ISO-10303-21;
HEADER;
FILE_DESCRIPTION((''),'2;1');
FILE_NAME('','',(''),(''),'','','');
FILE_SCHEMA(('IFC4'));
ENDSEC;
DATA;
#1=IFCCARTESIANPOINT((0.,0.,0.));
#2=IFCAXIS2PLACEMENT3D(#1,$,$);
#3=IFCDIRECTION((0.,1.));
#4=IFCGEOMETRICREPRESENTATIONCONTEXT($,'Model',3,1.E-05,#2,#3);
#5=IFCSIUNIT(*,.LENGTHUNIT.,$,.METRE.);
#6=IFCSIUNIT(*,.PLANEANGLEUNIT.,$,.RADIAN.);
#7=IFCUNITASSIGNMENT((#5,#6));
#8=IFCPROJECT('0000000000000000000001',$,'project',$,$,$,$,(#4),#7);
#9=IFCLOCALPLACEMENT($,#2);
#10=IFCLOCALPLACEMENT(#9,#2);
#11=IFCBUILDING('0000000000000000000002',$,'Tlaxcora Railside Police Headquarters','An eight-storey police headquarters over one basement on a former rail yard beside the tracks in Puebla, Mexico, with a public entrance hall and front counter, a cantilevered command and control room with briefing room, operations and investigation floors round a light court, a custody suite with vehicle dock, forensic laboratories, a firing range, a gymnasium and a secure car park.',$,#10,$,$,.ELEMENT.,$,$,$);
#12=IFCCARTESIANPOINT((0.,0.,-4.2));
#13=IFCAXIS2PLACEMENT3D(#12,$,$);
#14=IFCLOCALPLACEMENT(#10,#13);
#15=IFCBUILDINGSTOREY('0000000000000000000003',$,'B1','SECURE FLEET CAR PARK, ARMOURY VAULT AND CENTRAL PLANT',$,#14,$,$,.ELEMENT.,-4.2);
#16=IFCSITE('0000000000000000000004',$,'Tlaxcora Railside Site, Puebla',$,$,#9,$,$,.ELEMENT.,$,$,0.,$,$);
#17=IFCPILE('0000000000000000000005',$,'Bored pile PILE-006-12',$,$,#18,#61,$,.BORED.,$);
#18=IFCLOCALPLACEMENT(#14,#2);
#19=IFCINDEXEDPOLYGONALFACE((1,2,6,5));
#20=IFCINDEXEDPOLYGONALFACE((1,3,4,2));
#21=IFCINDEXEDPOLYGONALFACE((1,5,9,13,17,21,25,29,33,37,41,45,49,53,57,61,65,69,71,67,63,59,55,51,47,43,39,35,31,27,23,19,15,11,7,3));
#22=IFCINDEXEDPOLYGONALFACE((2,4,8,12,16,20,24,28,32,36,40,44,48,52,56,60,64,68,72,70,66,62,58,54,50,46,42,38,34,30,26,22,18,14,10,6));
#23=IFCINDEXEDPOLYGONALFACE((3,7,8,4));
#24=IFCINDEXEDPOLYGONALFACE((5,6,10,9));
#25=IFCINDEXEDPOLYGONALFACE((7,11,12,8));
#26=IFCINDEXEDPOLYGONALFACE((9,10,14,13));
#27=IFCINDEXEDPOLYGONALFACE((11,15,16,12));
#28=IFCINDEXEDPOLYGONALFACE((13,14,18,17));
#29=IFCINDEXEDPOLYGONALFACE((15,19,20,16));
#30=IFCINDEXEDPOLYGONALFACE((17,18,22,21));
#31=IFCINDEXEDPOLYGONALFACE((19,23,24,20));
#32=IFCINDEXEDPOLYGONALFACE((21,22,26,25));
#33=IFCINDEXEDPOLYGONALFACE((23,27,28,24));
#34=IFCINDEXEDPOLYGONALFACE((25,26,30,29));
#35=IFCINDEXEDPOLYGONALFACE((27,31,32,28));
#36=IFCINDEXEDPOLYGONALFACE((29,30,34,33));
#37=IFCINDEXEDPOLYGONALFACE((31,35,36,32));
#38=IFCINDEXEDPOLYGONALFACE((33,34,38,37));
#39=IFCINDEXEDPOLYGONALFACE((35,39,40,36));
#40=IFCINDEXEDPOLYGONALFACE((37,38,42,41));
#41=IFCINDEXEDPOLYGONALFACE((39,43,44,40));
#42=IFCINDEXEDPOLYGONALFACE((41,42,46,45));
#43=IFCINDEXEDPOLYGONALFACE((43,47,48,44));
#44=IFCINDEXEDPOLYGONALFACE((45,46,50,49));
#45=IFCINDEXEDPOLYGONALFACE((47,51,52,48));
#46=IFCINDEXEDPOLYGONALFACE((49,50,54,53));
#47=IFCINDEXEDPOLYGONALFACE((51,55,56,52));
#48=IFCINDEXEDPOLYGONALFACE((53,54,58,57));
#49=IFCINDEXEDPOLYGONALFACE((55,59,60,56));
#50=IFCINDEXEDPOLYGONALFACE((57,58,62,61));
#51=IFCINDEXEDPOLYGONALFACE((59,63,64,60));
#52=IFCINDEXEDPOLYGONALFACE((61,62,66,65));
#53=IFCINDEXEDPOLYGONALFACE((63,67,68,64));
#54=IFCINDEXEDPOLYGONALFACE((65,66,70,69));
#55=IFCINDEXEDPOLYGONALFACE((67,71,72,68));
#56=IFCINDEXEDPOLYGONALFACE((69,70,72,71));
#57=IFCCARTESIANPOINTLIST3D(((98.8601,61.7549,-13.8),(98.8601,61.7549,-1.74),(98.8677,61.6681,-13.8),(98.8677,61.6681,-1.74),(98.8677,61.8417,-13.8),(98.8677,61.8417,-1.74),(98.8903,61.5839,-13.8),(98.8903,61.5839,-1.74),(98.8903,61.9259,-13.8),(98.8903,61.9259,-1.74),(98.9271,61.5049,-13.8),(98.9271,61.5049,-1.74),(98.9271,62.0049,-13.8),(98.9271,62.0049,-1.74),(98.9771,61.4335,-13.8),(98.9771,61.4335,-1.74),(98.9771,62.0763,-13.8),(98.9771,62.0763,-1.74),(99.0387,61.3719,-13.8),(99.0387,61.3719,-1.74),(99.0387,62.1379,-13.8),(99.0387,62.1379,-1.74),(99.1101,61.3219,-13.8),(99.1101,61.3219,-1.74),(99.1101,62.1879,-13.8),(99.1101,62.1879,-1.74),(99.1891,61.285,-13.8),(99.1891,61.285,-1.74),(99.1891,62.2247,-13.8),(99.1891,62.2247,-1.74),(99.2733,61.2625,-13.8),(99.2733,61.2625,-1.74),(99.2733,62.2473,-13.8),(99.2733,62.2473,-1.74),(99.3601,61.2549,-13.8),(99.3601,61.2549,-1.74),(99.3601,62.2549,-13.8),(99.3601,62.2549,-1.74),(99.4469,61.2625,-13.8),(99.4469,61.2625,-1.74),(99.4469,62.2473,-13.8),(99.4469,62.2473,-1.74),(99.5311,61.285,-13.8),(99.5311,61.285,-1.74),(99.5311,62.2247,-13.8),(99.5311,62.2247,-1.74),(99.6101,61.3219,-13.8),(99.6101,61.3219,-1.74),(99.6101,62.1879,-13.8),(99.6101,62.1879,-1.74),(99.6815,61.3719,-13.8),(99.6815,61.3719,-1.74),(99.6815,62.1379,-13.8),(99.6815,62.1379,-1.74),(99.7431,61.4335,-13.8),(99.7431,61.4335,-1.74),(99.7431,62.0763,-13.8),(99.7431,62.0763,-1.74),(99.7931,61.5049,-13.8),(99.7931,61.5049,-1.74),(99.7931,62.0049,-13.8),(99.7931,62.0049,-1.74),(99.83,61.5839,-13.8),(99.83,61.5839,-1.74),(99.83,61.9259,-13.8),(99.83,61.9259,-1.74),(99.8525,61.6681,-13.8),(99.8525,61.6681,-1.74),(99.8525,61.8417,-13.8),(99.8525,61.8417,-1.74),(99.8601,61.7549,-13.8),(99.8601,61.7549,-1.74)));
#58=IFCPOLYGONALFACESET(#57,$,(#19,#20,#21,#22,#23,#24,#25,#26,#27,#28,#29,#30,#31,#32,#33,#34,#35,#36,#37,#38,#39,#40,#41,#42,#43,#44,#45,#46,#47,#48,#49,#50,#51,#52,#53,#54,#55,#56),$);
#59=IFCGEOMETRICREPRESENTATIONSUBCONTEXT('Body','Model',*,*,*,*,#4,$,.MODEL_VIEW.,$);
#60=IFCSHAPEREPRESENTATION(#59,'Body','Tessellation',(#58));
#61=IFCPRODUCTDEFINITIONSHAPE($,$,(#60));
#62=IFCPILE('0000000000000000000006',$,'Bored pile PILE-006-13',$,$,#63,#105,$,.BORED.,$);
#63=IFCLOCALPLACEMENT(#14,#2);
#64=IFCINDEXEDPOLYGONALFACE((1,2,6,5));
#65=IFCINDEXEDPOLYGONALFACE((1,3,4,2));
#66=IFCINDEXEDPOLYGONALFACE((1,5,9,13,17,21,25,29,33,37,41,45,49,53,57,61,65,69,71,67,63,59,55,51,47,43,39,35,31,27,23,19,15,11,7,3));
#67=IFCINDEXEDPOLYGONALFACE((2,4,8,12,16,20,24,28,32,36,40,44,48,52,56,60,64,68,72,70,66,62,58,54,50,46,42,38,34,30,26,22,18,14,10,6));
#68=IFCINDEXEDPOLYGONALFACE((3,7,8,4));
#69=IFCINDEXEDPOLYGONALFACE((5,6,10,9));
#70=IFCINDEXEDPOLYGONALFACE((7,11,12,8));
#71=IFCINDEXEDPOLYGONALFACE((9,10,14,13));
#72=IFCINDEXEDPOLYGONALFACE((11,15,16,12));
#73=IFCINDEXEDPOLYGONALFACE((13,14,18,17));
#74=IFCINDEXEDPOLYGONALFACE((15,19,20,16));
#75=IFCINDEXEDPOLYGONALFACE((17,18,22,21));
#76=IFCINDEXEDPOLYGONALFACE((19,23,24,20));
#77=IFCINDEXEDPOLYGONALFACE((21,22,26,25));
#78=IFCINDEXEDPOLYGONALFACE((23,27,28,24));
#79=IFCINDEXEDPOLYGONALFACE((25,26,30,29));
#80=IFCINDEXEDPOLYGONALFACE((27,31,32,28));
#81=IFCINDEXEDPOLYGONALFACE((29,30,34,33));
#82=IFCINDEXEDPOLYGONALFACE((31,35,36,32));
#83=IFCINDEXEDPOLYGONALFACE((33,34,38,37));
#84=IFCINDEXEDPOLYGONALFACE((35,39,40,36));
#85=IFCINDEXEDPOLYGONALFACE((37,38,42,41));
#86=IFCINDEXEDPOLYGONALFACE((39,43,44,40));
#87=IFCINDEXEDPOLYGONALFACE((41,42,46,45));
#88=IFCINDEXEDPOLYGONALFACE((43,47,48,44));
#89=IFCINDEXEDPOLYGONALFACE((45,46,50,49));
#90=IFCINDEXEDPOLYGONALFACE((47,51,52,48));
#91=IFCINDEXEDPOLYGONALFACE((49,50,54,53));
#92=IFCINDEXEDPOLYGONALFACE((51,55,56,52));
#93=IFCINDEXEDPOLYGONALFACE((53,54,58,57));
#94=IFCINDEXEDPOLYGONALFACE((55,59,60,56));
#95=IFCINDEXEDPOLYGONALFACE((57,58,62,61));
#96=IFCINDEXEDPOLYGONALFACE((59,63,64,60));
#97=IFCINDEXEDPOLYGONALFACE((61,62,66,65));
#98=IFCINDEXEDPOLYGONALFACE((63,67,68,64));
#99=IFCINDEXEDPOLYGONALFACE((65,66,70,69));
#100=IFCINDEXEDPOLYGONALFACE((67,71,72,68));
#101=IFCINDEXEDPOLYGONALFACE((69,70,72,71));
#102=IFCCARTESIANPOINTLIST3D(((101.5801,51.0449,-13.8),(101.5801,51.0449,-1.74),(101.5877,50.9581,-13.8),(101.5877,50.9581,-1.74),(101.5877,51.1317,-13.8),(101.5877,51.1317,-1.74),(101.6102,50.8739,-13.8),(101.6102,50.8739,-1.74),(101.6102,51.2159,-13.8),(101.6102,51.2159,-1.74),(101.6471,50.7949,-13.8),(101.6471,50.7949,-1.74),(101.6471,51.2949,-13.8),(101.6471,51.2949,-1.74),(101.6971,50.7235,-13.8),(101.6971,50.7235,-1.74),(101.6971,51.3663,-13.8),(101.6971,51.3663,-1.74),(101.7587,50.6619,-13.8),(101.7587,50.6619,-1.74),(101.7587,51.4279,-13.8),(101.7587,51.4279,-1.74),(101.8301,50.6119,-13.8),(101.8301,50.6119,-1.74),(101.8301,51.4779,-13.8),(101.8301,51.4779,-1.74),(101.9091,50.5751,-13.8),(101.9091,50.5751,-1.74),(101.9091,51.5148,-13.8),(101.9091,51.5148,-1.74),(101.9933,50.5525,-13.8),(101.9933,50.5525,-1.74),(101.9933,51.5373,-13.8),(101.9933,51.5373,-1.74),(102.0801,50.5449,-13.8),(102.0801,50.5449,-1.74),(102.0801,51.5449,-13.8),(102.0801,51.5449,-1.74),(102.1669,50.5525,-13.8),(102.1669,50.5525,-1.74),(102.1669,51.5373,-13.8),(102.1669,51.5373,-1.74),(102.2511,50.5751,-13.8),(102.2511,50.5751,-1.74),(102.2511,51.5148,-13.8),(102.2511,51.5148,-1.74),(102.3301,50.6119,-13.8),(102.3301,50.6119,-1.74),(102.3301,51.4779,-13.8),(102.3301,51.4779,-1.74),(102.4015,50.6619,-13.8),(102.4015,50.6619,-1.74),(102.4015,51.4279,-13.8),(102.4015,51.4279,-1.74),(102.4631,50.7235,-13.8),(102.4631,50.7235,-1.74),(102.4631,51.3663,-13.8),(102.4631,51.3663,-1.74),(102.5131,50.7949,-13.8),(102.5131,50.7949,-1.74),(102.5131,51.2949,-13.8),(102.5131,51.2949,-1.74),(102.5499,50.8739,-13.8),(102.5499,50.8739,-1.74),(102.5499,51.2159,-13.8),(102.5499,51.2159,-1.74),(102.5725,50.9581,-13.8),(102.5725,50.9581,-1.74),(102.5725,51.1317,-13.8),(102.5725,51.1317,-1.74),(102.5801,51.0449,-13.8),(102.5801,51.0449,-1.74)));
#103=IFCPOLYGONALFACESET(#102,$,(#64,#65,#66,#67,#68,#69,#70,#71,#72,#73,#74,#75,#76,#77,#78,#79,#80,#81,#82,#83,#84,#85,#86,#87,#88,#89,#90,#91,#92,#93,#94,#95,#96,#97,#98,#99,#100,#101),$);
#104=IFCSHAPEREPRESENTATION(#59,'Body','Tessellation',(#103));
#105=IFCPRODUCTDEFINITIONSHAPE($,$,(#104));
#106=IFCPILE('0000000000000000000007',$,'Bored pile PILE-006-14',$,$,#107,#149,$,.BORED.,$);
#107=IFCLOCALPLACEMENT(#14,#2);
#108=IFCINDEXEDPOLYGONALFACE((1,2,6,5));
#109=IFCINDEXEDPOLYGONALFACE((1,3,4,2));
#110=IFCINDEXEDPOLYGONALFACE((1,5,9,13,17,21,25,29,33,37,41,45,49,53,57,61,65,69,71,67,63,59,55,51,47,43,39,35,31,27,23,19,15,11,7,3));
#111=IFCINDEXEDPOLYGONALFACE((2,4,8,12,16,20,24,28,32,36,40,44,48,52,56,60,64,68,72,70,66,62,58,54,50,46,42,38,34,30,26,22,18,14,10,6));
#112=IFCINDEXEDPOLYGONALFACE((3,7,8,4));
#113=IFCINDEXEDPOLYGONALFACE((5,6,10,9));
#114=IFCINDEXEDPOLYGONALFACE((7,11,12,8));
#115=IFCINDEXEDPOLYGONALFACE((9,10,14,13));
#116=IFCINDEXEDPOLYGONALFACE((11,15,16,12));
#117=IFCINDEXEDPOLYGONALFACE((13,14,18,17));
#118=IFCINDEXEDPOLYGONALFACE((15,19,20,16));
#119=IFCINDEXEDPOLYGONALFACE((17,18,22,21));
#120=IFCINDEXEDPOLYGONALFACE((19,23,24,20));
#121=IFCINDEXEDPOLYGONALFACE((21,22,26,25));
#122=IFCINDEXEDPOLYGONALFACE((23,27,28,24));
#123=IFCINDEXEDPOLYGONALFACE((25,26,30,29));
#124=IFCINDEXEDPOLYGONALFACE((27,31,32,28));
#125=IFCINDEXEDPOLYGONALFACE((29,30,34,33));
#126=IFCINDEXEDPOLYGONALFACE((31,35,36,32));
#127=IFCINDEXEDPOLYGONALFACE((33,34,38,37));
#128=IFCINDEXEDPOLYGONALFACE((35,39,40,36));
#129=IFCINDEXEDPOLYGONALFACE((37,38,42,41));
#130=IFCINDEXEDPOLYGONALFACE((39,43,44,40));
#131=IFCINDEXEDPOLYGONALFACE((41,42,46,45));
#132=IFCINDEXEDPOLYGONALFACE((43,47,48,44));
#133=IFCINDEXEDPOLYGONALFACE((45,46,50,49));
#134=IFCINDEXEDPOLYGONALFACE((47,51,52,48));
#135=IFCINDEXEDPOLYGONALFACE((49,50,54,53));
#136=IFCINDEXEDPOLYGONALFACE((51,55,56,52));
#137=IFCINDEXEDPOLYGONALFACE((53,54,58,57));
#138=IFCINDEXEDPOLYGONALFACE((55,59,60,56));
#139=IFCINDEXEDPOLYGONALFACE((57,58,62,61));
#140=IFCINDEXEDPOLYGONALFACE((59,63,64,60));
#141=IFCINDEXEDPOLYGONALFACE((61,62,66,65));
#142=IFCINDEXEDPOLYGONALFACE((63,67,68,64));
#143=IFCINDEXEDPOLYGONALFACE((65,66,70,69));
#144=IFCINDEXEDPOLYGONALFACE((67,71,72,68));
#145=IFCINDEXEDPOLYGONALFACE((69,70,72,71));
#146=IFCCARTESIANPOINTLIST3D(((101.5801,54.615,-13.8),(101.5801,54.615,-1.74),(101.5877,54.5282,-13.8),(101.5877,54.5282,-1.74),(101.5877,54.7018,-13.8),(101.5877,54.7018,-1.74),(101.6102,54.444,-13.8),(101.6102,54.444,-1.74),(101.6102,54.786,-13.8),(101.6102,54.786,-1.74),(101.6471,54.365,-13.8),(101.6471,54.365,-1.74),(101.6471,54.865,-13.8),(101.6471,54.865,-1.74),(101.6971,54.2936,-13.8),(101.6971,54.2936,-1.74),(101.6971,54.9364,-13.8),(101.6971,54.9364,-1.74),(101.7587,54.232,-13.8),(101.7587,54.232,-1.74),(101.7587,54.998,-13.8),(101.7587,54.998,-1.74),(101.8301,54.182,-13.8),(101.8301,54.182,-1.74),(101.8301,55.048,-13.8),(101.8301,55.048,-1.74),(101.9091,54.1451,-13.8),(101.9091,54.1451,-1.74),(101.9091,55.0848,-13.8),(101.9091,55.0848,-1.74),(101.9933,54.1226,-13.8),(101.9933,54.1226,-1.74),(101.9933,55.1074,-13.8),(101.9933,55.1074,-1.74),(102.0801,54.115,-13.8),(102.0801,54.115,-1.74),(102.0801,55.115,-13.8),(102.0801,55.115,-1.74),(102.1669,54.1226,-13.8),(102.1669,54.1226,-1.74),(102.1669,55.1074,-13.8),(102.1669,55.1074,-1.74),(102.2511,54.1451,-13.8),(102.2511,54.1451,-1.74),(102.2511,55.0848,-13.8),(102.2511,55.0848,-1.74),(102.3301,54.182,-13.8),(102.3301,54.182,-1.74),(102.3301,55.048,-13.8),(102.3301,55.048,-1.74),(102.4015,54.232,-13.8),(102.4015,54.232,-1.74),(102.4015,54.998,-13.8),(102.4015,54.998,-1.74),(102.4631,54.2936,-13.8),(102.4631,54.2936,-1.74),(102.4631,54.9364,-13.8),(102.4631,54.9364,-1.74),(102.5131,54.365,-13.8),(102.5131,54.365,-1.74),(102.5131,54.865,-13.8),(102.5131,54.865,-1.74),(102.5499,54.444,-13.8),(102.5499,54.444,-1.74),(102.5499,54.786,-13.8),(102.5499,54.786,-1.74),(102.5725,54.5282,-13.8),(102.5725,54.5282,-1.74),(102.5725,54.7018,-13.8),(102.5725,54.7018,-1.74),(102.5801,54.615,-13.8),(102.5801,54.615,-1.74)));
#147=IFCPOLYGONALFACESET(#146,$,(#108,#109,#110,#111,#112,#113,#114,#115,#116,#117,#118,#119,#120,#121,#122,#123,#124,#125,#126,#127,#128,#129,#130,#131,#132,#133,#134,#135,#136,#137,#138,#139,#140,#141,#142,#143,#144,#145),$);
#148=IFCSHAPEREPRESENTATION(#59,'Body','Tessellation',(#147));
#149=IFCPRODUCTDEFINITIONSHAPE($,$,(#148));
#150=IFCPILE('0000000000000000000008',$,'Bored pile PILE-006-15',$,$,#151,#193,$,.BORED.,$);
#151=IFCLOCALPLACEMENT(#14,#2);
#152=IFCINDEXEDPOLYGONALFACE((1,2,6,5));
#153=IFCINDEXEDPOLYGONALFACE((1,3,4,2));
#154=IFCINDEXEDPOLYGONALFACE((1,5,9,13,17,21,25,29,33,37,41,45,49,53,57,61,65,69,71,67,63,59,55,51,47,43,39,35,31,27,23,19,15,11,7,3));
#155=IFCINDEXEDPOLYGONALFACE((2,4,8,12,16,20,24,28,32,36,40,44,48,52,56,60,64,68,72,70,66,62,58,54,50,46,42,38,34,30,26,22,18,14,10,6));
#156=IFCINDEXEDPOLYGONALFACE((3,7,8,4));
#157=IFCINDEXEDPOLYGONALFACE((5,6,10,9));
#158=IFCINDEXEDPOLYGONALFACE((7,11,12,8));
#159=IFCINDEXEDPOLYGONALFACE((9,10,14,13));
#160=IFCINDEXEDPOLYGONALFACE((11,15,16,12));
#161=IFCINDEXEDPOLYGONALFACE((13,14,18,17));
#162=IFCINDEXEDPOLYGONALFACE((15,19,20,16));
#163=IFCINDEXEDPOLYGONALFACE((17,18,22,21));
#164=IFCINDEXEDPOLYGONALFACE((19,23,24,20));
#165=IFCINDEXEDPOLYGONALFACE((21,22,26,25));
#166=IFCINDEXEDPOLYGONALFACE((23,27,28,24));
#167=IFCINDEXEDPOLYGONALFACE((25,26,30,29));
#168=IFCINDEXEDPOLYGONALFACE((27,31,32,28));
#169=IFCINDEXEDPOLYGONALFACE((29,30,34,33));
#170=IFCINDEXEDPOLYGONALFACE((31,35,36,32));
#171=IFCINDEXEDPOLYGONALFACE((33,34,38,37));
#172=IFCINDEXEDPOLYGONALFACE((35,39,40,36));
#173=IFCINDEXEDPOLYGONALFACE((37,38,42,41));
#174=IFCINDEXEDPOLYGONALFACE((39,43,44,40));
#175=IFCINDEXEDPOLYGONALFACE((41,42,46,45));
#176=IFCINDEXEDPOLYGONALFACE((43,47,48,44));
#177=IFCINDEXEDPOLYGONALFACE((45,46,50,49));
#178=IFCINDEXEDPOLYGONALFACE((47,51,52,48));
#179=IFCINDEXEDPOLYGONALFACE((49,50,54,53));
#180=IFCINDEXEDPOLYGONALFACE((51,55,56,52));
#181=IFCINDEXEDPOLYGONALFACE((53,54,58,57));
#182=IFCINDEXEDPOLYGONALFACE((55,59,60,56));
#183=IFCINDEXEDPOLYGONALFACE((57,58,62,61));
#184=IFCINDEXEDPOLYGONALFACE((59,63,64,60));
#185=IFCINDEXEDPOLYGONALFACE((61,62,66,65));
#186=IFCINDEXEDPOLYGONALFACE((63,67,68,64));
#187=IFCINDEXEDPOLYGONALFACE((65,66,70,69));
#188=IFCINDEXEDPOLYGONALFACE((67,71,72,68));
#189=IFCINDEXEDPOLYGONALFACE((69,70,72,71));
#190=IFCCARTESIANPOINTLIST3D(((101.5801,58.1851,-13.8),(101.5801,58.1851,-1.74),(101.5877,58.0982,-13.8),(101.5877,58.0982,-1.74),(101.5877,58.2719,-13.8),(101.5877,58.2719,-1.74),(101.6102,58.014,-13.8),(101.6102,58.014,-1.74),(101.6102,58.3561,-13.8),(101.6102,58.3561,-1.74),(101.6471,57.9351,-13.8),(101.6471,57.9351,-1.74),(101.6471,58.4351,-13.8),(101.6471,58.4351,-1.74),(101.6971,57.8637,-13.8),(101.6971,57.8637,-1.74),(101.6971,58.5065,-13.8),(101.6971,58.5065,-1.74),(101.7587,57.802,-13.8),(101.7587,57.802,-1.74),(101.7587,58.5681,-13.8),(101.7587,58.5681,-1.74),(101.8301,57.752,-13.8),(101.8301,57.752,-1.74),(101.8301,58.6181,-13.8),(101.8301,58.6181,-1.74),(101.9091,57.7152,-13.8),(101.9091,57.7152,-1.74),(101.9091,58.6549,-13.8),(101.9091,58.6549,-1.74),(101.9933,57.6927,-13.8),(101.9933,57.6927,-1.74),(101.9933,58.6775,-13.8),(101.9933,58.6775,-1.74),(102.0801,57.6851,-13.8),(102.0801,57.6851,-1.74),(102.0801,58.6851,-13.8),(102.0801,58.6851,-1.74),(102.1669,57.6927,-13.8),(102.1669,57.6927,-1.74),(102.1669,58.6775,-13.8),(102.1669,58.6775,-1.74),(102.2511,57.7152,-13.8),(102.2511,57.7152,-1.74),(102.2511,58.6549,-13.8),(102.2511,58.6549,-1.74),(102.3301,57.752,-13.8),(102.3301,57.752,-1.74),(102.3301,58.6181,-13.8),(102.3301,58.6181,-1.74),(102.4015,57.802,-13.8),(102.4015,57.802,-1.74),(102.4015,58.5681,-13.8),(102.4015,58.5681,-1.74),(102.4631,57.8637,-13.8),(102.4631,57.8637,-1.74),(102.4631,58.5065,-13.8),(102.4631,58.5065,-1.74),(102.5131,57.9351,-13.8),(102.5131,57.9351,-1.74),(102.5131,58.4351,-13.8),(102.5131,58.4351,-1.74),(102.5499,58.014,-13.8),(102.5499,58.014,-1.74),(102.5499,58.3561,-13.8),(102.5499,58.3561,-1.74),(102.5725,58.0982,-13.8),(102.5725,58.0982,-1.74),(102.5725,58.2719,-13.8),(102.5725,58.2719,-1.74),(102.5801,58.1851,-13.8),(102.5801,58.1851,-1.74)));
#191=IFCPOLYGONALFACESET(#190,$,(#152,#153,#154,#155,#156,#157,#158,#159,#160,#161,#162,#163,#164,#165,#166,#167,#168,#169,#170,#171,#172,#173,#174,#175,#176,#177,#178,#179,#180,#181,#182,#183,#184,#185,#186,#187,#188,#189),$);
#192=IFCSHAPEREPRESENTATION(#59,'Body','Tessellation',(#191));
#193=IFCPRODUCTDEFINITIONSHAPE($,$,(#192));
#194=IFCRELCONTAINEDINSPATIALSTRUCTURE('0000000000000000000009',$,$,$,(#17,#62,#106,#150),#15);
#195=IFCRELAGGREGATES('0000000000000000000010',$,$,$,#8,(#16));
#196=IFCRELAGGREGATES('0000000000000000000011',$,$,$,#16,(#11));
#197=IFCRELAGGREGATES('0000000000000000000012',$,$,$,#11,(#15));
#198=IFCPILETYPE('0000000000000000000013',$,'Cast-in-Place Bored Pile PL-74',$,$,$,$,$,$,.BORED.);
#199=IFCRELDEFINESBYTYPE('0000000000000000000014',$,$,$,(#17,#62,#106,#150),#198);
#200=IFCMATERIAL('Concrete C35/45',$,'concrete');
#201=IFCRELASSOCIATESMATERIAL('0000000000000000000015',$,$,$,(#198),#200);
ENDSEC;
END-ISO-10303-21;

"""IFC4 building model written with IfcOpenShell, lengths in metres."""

from ifc_helpers import new_model, si_unit, direction, frame, origin, origin_2d, place, context, subcontext, project, spatial, circle, extrude, material, material_profile, profile_set, type_object, element, save


model = new_model("IFC4")

# Units and contexts
model_context = context("Model", 3, precision=1e-05, world=origin(), true_north=direction((0.0, 1.0)))
body_context = subcontext(model_context, "Body", "Model", "MODEL_VIEW")
ifc_project = project(units=[si_unit("LENGTHUNIT", "METRE"), si_unit("PLANEANGLEUNIT", "RADIAN")], contexts=[model_context])

# Site, building, storey
site_placement = place(None, origin())
site = spatial("IfcSite", under=ifc_project, at=site_placement, Name="Tlaxcora Railside Site, Puebla", CompositionType="ELEMENT", RefElevation=0.0)
building_placement = place(site_placement, origin())
building = spatial("IfcBuilding", under=site, at=building_placement, Name="Tlaxcora Railside Police Headquarters", Description="An eight-storey police headquarters over one basement on a former rail yard beside the tracks in Puebla, Mexico, with a public entrance hall and front counter, a cantilevered command and control room with briefing room, operations and investigation floors round a light court, a custody suite with vehicle dock, forensic laboratories, a firing range, a gymnasium and a secure car park.", CompositionType="ELEMENT")
storey_placement = place(building_placement, frame((0.0, 0.0, -4.2)))
storey = spatial("IfcBuildingStorey", under=building, at=storey_placement, Name="B1", Description="SECURE FLEET CAR PARK, ARMOURY VAULT AND CENTRAL PLANT", CompositionType="ELEMENT", Elevation=-4.2)

# Piles
ifc_material_1 = material(Name="Concrete C35/45", Category="concrete")
ifc_material_profile_1 = material_profile(ifc_material_1, circle(Radius=0.5, at=origin_2d()), Name="PILE1000")
ifc_profile_set_1 = profile_set([ifc_material_profile_1], Name="Concrete C35/45")
pile_type_1 = type_object("IfcPileType", Name="Cast-in-Place Bored Pile PL-74", PredefinedType="BORED", material=ifc_profile_set_1)
for number, where, z_axis, x_axis, name in (
    (1, (99.3601, 61.7549, -1.74), (0.0, 0.0, -1.0), (1.0, 0.0, 0.0), "Bored pile PILE-006-12"),
    (2, (102.0801, 51.0449, -1.74), (0.0, 0.0, -1.0), (1.0, 0.0, 0.0), "Bored pile PILE-006-13"),
    (3, (102.0801, 54.615, -1.74), (0.0, 0.0, -1.0), (1.0, 0.0, 0.0), "Bored pile PILE-006-14"),
    (4, (102.0801, 58.1851, -1.74), (0.0, 0.0, -1.0), (1.0, 0.0, 0.0), "Bored pile PILE-006-15"),
):
    element("IfcPile", number, at=place(storey_placement, frame(where, z_axis=z_axis, x_axis=x_axis)), inside=storey, type_object=pile_type_1, Name=name, PredefinedType="BORED", context=body_context, shape_type="SweptSolid", body=[
        extrude(circle(Radius=0.5, at=origin_2d()), origin(), (0.0, 0.0, 1.0), 12.0601),
    ])

save(model, "model.ifc")
